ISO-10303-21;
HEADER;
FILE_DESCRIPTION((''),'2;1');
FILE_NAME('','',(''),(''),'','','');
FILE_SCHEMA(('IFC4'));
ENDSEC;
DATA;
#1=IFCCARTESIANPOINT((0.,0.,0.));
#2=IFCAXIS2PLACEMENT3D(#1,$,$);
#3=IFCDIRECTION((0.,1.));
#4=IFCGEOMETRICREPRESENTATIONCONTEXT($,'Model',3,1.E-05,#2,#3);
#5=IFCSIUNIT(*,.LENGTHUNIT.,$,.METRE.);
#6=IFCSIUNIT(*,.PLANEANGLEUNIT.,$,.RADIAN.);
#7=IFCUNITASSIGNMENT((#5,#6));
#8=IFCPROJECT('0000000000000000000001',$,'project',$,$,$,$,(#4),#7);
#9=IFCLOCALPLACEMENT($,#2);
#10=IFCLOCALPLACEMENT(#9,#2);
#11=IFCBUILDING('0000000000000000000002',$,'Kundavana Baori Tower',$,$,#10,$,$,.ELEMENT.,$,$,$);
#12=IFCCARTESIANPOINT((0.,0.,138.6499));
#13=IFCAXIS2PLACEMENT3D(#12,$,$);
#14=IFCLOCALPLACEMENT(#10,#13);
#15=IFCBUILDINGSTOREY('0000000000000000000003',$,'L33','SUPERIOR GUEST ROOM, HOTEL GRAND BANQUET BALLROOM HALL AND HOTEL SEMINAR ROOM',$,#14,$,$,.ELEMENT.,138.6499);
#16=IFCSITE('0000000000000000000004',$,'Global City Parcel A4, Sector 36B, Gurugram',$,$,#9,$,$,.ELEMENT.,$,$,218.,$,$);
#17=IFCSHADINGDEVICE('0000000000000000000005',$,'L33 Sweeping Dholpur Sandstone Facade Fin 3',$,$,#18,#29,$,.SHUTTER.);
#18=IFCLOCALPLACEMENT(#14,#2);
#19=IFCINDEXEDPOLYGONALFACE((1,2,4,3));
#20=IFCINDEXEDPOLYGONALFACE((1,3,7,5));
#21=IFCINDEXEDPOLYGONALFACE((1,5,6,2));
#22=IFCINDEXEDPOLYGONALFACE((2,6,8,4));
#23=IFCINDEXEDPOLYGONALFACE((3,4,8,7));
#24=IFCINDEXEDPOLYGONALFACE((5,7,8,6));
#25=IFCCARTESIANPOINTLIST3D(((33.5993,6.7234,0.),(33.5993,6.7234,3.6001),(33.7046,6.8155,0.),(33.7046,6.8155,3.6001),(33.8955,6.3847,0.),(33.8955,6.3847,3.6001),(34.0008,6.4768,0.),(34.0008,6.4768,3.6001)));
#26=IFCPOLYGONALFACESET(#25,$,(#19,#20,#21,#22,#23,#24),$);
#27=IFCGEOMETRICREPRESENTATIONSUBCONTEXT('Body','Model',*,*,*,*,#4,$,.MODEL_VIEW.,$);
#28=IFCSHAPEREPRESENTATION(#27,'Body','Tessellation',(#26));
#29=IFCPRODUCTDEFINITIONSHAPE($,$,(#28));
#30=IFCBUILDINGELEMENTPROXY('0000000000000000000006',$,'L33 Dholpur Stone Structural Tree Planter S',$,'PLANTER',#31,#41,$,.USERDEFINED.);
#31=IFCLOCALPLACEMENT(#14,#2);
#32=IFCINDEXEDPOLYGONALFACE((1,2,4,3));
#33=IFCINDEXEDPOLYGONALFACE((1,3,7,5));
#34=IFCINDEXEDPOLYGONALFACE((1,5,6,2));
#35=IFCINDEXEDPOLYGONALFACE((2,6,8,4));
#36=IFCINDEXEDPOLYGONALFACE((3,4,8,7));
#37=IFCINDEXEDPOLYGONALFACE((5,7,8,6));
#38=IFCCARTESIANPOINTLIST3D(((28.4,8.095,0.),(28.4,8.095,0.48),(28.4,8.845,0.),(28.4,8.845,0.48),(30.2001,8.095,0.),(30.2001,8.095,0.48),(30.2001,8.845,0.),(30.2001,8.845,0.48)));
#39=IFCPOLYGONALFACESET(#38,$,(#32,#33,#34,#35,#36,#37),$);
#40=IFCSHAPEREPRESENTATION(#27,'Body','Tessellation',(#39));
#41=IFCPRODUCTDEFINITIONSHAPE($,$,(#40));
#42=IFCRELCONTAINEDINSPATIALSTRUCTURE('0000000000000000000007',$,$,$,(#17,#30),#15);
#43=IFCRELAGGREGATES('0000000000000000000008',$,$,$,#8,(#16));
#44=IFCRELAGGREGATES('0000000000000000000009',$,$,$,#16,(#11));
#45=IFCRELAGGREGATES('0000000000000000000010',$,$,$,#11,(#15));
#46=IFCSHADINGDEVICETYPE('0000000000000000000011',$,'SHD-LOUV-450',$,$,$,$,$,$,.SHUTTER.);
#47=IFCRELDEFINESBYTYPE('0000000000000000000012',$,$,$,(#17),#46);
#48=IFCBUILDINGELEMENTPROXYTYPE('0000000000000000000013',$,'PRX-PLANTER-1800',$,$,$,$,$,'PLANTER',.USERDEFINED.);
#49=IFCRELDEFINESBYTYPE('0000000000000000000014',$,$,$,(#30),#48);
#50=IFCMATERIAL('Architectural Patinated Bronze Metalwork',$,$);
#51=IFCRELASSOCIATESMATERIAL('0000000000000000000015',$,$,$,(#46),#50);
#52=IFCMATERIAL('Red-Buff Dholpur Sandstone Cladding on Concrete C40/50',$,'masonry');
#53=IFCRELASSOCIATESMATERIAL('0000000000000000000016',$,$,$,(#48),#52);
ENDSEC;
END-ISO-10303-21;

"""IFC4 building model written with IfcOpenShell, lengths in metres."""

from ifc_helpers import new_model, si_unit, direction, frame, origin, origin_2d, place, context, subcontext, project, spatial, rectangle, extrude, material, type_object, element, save


model = new_model("IFC4")

# Units and contexts
model_context = context("Model", 3, precision=1e-05, world=origin(), true_north=direction((0.0, 1.0)))
body_context = subcontext(model_context, "Body", "Model", "MODEL_VIEW")
ifc_project = project(units=[si_unit("LENGTHUNIT", "METRE"), si_unit("PLANEANGLEUNIT", "RADIAN")], contexts=[model_context])

# Site, building, storey
site_placement = place(None, origin())
site = spatial("IfcSite", under=ifc_project, at=site_placement, Name="Global City Parcel A4, Sector 36B, Gurugram", CompositionType="ELEMENT", RefElevation=218.0)
building_placement = place(site_placement, origin())
building = spatial("IfcBuilding", under=site, at=building_placement, Name="Kundavana Baori Tower", CompositionType="ELEMENT")
storey_placement = place(building_placement, frame((0.0, 0.0, 138.6499)))
storey = spatial("IfcBuildingStorey", under=building, at=storey_placement, Name="L33", Description="SUPERIOR GUEST ROOM, HOTEL GRAND BANQUET BALLROOM HALL AND HOTEL SEMINAR ROOM", CompositionType="ELEMENT", Elevation=138.6499)

# Shading device
ifc_material_1 = material(Name="Architectural Patinated Bronze Metalwork")
shading_device_type_1 = type_object("IfcShadingDeviceType", Name="SHD-LOUV-450", PredefinedType="SHUTTER", material=ifc_material_1)
shading_device_1_placement = place(storey_placement, frame((33.8, 6.6001, 0.0), z_axis=(0.0, 0.0, 1.0), x_axis=(0.752875, 0.658164, 0.0)))
element("IfcShadingDevice", 1, at=shading_device_1_placement, inside=storey, type_object=shading_device_type_1, Name="L33 Sweeping Dholpur Sandstone Facade Fin 3", PredefinedType="SHUTTER", context=body_context, shape_type="SweptSolid", body=[
    extrude(rectangle(XDim=0.1399, YDim=0.45, at=origin_2d()), origin(), (0.0, 0.0, 1.0), 3.6001),
])

# Building element proxy
ifc_material_2 = material(Name="Red-Buff Dholpur Sandstone Cladding on Concrete C40/50", Category="masonry")
building_element_proxy_type = type_object("IfcBuildingElementProxyType", Name="PRX-PLANTER-1800", ElementType="PLANTER", PredefinedType="USERDEFINED", material=ifc_material_2)
proxy_placement = place(storey_placement, frame((29.3, 8.47, 0.0), z_axis=(0.0, 0.0, 1.0), x_axis=(1.0, 0.0, 0.0)))
element("IfcBuildingElementProxy", 2, at=proxy_placement, inside=storey, type_object=building_element_proxy_type, Name="L33 Dholpur Stone Structural Tree Planter S", ObjectType="PLANTER", PredefinedType="USERDEFINED", context=body_context, shape_type="SweptSolid", body=[
    extrude(rectangle(XDim=1.8, YDim=0.75, at=origin_2d()), origin(), (0.0, 0.0, 1.0), 0.48),
])

save(model, "model.ifc")
